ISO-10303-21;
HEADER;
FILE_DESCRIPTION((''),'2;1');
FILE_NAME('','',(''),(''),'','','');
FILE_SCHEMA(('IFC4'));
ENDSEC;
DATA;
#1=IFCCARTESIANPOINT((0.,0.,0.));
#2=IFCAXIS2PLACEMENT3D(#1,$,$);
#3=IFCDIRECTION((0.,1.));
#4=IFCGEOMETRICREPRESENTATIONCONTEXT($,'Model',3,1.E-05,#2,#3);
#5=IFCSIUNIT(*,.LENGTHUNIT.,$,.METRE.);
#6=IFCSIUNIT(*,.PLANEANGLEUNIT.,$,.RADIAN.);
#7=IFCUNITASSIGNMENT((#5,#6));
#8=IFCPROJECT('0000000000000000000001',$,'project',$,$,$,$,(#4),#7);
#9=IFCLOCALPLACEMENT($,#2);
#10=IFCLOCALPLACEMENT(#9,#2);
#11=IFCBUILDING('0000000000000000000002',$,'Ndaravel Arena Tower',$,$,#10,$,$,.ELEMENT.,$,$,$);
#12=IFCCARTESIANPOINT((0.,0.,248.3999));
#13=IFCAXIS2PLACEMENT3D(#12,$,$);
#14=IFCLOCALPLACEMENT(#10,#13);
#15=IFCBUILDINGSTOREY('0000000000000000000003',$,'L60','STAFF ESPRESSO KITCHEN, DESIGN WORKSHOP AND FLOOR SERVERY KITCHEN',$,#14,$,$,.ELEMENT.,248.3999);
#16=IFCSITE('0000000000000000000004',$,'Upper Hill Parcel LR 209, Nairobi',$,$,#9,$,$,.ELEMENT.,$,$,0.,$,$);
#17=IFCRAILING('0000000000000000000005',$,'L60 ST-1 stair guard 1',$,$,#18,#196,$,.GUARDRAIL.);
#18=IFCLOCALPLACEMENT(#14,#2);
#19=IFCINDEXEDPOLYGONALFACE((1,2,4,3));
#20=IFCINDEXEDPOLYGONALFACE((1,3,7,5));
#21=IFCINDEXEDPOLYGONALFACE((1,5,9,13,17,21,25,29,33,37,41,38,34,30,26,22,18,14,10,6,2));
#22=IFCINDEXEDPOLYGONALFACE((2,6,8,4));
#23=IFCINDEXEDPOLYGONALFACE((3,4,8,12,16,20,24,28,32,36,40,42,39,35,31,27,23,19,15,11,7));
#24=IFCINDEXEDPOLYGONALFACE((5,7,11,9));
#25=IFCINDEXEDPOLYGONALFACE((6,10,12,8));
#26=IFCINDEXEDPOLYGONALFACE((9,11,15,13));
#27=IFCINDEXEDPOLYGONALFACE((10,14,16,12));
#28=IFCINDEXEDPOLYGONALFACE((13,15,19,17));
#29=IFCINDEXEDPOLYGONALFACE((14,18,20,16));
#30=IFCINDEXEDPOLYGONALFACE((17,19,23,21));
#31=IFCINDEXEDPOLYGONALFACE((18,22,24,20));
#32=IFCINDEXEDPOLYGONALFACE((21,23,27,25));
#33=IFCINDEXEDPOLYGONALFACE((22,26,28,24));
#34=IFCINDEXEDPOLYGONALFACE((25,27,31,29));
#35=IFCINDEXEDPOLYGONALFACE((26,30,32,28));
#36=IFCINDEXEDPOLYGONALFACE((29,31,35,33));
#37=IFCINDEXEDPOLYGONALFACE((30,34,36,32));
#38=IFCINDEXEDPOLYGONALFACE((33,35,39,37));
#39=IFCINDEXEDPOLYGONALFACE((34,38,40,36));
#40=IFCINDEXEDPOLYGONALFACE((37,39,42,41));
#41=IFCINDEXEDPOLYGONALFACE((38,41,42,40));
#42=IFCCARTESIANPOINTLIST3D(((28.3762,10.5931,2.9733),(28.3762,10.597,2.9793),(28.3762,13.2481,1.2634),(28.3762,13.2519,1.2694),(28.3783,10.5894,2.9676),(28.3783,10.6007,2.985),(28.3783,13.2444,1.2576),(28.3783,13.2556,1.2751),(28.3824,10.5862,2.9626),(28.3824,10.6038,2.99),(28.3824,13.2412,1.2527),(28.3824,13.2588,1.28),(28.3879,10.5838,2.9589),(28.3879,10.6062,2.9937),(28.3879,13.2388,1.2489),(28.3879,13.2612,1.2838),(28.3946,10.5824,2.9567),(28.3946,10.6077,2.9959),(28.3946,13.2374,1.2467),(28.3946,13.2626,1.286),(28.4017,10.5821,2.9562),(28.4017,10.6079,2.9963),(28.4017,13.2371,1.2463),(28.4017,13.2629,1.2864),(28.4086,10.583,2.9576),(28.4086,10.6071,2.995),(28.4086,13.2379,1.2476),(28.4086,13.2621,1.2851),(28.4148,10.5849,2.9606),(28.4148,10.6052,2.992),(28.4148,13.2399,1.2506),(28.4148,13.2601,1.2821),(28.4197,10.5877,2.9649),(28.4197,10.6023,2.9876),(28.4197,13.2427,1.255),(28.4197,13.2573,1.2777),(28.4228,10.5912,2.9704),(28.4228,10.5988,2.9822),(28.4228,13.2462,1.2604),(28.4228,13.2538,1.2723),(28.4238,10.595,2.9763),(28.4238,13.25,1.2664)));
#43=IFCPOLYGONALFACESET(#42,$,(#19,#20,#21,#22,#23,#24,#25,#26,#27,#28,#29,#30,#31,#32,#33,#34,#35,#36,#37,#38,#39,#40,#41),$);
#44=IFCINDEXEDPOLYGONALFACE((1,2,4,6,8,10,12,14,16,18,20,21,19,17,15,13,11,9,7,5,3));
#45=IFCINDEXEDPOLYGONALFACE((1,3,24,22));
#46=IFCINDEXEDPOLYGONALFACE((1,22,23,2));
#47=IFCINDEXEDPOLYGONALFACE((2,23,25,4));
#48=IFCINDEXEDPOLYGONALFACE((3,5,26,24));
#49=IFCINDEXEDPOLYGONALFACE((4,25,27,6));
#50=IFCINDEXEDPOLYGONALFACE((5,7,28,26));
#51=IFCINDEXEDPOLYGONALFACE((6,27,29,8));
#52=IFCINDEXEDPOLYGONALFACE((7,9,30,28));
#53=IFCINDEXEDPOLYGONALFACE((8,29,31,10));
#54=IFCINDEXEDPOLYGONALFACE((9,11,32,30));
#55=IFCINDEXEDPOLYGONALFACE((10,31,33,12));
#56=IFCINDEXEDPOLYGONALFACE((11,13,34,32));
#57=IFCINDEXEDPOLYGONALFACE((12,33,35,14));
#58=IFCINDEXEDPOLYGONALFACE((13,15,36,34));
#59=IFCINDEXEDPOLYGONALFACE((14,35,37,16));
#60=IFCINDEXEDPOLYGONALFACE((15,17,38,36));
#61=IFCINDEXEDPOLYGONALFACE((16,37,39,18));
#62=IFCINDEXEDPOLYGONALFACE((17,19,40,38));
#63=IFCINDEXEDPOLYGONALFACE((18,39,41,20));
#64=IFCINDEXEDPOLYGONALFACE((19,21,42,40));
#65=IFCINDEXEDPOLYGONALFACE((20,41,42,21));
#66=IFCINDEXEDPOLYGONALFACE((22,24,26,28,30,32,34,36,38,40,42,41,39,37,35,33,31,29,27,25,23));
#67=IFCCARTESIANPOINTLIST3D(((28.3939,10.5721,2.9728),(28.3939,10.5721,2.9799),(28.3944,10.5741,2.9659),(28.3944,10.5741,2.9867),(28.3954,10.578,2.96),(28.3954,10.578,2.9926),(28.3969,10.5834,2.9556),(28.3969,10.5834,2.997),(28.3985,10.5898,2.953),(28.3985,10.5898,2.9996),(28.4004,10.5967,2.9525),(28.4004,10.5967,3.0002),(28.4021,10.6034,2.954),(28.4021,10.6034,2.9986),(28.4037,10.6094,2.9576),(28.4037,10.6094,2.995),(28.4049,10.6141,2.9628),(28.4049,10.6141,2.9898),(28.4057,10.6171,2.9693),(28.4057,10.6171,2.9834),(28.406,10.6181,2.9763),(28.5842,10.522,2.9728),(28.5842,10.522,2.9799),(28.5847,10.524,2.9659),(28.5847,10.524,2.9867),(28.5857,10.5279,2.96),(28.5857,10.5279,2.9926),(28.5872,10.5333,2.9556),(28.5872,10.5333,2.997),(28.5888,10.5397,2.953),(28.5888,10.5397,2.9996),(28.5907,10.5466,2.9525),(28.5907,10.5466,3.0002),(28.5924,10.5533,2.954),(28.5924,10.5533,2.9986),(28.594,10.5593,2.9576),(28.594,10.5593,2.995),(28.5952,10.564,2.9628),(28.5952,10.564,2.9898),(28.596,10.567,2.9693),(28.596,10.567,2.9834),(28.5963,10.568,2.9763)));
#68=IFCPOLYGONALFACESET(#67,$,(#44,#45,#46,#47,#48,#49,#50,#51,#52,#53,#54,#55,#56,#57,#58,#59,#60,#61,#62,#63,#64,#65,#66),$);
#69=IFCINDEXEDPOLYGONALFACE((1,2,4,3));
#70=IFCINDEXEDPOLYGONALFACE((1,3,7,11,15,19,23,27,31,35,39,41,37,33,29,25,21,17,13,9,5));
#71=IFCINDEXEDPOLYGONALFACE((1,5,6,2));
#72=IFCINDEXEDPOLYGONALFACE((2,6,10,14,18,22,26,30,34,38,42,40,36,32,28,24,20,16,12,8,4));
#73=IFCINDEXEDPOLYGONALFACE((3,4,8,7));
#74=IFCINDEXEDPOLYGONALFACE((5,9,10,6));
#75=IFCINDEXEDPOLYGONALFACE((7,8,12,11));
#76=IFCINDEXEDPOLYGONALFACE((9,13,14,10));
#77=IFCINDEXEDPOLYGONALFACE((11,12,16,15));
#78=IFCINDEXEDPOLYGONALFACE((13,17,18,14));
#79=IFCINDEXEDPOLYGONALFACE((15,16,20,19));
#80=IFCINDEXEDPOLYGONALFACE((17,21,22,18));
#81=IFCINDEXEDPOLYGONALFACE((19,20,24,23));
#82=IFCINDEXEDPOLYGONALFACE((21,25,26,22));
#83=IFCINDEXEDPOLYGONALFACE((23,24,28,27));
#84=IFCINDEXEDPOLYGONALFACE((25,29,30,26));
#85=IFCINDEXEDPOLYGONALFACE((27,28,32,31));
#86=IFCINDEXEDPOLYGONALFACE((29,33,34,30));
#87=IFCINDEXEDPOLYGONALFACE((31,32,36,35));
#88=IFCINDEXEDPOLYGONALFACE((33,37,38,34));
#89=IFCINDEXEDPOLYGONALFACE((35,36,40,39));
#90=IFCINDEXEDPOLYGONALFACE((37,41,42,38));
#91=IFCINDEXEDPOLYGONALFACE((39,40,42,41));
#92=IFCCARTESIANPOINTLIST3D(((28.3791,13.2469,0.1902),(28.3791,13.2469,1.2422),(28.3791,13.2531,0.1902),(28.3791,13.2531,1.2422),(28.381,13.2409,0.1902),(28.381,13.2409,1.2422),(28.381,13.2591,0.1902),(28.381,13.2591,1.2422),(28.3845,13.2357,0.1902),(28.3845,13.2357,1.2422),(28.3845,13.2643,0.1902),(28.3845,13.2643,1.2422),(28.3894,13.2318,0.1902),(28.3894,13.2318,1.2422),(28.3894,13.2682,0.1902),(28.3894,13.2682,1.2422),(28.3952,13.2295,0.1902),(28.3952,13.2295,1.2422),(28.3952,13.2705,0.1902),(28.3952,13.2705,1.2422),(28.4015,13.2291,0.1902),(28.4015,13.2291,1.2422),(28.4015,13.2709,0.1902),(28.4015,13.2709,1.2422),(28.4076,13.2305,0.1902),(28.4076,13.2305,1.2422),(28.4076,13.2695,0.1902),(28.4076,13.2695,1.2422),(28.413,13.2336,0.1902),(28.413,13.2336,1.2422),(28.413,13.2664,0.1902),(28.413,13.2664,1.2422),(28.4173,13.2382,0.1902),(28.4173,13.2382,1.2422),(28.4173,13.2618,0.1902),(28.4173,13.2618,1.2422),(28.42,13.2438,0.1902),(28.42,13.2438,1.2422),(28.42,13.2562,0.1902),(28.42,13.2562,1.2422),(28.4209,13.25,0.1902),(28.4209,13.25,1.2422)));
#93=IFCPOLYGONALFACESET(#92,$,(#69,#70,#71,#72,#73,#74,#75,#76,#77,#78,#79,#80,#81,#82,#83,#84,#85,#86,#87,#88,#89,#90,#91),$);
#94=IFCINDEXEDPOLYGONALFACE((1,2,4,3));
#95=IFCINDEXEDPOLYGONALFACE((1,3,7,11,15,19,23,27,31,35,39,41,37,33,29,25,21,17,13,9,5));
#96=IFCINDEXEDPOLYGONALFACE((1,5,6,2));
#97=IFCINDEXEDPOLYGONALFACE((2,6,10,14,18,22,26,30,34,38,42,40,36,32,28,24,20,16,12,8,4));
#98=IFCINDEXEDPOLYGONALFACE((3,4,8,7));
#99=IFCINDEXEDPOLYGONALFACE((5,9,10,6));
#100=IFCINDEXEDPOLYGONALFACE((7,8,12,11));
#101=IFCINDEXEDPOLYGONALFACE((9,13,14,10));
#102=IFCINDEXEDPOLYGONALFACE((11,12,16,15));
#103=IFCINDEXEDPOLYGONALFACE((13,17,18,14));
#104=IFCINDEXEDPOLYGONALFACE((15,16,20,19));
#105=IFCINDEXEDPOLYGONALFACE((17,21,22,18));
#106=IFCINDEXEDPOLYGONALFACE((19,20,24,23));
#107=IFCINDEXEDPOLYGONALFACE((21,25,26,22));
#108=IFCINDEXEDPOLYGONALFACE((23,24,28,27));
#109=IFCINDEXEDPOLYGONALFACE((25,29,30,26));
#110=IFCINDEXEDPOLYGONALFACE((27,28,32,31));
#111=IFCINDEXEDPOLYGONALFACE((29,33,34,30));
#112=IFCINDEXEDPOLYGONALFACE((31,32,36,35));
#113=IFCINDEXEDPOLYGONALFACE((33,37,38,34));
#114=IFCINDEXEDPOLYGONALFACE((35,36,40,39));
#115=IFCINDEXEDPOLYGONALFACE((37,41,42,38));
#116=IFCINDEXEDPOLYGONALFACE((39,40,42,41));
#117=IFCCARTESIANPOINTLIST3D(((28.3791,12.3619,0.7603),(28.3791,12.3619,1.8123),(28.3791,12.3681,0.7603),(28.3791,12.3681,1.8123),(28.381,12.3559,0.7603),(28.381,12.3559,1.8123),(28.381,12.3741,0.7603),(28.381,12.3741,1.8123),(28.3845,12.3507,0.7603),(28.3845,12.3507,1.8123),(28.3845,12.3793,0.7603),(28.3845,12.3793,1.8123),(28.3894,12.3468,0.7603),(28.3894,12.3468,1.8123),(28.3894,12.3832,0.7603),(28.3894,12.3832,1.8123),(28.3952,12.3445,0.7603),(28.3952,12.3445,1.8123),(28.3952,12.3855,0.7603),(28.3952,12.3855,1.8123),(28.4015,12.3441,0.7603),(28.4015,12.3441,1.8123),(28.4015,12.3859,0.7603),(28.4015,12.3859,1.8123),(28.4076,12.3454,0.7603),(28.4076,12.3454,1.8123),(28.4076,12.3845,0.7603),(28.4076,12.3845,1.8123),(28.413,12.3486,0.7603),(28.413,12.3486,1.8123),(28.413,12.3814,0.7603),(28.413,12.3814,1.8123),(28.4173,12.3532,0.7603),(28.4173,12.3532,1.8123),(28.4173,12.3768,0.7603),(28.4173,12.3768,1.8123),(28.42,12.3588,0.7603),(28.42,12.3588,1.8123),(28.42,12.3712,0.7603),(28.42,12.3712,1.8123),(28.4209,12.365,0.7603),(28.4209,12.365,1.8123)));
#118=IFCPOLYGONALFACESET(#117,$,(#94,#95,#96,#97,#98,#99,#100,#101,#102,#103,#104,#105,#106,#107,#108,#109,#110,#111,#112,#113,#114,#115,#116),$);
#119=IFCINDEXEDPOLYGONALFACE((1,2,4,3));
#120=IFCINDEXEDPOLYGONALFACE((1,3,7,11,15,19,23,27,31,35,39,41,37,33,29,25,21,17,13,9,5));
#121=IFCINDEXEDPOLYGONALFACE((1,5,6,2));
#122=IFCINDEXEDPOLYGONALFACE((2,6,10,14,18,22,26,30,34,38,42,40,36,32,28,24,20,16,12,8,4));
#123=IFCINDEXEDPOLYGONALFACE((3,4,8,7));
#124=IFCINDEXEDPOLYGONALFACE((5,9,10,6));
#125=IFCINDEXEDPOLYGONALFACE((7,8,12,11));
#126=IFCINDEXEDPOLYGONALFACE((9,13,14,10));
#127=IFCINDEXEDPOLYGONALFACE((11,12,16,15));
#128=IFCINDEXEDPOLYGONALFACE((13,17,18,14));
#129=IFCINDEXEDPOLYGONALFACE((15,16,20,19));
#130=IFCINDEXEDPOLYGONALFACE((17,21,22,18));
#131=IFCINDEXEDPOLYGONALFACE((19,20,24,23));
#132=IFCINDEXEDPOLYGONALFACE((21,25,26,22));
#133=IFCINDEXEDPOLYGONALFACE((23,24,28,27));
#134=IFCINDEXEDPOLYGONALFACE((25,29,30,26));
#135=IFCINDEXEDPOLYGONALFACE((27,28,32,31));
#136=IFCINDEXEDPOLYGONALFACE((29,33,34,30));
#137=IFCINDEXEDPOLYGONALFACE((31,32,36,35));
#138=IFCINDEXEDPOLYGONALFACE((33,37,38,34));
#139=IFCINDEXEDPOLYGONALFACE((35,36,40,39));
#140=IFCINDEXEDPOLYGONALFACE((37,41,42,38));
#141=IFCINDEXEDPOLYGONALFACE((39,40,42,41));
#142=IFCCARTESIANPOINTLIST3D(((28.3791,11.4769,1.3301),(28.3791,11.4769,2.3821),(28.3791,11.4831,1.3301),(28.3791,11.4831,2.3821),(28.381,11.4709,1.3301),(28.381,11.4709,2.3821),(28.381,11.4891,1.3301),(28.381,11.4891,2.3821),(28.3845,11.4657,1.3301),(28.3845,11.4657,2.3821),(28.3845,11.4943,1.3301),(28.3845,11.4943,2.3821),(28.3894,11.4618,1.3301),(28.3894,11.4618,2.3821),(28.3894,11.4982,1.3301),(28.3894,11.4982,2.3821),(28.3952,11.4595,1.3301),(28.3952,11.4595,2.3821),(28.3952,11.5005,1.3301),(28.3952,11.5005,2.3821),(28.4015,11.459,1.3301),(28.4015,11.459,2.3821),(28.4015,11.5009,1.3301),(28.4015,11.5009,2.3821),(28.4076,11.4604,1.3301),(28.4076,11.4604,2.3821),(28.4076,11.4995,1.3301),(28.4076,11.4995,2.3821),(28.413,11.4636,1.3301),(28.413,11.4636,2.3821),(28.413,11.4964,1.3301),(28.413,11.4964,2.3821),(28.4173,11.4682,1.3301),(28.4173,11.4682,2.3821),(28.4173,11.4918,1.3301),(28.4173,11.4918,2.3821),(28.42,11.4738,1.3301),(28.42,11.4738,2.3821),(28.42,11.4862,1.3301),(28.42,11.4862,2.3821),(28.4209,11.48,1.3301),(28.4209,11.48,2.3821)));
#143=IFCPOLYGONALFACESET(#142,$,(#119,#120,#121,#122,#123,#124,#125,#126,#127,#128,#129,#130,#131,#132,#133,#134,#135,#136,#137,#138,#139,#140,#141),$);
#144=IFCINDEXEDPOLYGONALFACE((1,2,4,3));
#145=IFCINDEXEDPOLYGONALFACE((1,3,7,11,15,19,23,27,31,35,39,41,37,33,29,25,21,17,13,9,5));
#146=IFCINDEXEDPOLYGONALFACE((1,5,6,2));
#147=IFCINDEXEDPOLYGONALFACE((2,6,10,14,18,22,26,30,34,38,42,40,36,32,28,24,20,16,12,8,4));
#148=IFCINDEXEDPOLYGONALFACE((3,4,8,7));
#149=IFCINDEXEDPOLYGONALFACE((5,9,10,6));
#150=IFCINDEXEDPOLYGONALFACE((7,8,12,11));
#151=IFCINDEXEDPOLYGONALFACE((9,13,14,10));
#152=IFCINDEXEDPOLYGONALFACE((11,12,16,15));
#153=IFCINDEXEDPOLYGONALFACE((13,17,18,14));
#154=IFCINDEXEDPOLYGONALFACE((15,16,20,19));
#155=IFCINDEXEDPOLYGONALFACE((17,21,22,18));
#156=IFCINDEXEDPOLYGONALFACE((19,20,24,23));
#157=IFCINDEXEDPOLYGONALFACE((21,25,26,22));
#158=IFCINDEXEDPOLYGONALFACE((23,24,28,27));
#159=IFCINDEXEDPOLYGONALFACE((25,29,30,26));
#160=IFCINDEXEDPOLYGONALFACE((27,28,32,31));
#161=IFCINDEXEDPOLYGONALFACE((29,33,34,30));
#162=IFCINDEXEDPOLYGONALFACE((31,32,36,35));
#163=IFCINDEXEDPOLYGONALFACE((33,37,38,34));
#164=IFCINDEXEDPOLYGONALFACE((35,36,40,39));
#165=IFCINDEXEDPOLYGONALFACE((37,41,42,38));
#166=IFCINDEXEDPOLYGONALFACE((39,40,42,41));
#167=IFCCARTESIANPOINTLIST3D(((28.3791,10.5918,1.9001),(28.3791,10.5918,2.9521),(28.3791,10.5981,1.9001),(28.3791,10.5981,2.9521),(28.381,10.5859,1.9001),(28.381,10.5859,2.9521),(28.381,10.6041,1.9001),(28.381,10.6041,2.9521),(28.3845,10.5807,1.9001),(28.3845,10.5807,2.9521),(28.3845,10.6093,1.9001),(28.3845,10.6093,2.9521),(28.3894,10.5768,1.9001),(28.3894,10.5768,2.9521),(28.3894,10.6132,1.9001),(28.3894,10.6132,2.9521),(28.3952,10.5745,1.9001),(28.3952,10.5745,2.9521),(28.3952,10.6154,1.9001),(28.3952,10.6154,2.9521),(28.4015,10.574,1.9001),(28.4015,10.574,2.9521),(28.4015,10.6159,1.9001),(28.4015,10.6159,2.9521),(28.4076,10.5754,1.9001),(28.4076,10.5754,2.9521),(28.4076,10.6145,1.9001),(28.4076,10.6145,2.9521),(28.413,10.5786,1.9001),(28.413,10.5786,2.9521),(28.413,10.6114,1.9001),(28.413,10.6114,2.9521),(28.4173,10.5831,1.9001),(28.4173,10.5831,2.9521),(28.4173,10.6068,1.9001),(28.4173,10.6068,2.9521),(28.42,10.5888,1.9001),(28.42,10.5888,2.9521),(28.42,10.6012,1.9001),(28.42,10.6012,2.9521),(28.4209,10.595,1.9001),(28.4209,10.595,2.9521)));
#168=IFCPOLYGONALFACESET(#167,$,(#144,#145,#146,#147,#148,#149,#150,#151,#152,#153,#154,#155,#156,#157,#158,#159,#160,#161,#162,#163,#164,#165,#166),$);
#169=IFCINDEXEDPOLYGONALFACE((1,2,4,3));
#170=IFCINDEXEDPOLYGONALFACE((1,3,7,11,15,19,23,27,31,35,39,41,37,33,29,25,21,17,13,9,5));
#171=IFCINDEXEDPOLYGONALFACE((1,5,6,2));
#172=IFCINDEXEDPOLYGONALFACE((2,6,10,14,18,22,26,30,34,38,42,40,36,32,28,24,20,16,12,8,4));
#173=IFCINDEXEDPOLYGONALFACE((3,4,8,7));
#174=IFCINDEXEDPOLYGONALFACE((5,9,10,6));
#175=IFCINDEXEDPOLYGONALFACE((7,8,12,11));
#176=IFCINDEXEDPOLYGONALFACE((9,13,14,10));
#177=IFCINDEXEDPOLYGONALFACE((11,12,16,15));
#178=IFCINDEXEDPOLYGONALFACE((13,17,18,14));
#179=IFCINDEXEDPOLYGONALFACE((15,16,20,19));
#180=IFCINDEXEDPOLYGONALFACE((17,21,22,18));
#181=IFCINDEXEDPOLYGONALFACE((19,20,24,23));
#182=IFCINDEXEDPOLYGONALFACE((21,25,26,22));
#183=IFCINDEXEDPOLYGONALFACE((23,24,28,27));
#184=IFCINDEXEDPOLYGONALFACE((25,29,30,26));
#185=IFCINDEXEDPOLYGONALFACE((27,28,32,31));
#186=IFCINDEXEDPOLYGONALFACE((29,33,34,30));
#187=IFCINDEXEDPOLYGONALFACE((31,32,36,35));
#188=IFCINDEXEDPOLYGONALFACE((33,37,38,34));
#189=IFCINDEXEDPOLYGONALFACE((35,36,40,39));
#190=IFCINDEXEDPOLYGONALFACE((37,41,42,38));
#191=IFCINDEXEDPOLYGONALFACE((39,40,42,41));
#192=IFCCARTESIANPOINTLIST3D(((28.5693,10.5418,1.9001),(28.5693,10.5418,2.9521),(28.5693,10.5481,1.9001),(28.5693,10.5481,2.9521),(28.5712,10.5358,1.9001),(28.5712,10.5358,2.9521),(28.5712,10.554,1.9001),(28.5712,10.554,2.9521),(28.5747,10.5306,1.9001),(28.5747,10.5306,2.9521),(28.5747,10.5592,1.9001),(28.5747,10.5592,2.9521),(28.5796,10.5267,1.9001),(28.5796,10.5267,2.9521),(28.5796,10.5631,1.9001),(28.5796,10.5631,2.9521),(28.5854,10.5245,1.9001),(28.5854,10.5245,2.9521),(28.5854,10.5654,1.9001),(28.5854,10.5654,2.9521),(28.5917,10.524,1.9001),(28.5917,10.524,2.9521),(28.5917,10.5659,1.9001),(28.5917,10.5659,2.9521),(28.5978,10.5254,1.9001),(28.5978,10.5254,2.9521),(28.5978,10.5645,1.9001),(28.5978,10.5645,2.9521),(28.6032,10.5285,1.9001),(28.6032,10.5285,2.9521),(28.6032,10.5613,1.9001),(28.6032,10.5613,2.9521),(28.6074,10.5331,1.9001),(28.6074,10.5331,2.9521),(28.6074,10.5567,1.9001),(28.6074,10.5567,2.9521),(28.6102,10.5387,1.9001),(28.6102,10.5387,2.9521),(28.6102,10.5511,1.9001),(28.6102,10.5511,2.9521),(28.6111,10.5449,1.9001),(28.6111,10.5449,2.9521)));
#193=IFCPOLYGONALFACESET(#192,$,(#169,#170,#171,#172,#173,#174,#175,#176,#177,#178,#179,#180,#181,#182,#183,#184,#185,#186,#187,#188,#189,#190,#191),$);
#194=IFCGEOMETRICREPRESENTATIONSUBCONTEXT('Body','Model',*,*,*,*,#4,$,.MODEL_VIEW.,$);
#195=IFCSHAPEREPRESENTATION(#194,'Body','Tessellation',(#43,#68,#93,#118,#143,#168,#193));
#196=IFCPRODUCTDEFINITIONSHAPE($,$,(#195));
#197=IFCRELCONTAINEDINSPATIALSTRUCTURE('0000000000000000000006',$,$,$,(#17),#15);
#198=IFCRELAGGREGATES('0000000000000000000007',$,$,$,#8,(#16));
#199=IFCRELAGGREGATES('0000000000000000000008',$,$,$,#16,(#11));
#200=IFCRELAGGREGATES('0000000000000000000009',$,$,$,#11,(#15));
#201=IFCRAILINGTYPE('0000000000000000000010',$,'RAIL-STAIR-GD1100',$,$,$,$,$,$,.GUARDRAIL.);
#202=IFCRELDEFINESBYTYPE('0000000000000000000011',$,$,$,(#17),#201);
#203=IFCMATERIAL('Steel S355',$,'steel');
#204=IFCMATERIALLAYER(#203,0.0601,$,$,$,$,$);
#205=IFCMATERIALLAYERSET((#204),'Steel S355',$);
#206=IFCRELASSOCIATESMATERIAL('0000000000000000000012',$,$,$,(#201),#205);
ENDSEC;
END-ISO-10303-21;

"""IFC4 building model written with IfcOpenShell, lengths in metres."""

from ifc_helpers import new_model, si_unit, direction, frame, origin, origin_2d, place, context, subcontext, project, spatial, circle, extrude, material, layer, layer_set, type_object, element, save


model = new_model("IFC4")

# Units and contexts
model_context = context("Model", 3, precision=1e-05, world=origin(), true_north=direction((0.0, 1.0)))
body_context = subcontext(model_context, "Body", "Model", "MODEL_VIEW")
ifc_project = project(units=[si_unit("LENGTHUNIT", "METRE"), si_unit("PLANEANGLEUNIT", "RADIAN")], contexts=[model_context])

# Site, building, storey
site_placement = place(None, origin())
site = spatial("IfcSite", under=ifc_project, at=site_placement, Name="Upper Hill Parcel LR 209, Nairobi", CompositionType="ELEMENT", RefElevation=0.0)
building_placement = place(site_placement, origin())
building = spatial("IfcBuilding", under=site, at=building_placement, Name="Ndaravel Arena Tower", CompositionType="ELEMENT")
storey_placement = place(building_placement, frame((0.0, 0.0, 248.3999)))
storey = spatial("IfcBuildingStorey", under=building, at=storey_placement, Name="L60", Description="STAFF ESPRESSO KITCHEN, DESIGN WORKSHOP AND FLOOR SERVERY KITCHEN", CompositionType="ELEMENT", Elevation=248.3999)

# Railing
ifc_material_1 = material(Name="Steel S355", Category="steel")
ifc_layer_1 = layer(ifc_material_1, 0.0601)
ifc_layer_set_1 = layer_set([ifc_layer_1], Name="Steel S355")
railing_type_1 = type_object("IfcRailingType", Name="RAIL-STAIR-GD1100", PredefinedType="GUARDRAIL", material=ifc_layer_set_1)
railing_1_placement = place(storey_placement, frame((28.3999, 13.25, 0.1902)))
element("IfcRailing", 1, at=railing_1_placement, inside=storey, type_object=railing_type_1, Name="L60 ST-1 stair guard 1", PredefinedType="GUARDRAIL", context=body_context, shape_type="SweptSolid", body=[
    extrude(circle(Radius=0.0239, at=origin_2d()), frame((0.0, 0.0, 1.0762), z_axis=(0.0, -0.840724, 0.541465), x_axis=(1.0, 0.0, 0.0)), (0.0, 0.0, 1.0), 3.158),
    extrude(circle(Radius=0.0239, at=origin_2d()), frame((0.0, -2.655, 2.7861), z_axis=(0.967075, -0.254493, 0.0), x_axis=(0.254493, 0.967075, 0.0)), (0.0, 0.0, 1.0), 0.1968),
    extrude(circle(Radius=0.021, at=origin_2d()), origin(), (0.0, 0.0, 1.0), 1.052),
    extrude(circle(Radius=0.021, at=origin_2d()), frame((0.0, -0.885, 0.5701)), (0.0, 0.0, 1.0), 1.052),
    extrude(circle(Radius=0.021, at=origin_2d()), frame((0.0, -1.77, 1.1399)), (0.0, 0.0, 1.0), 1.052),
    extrude(circle(Radius=0.021, at=origin_2d()), frame((0.0, -2.655, 1.71)), (0.0, 0.0, 1.0), 1.052),
    extrude(circle(Radius=0.021, at=origin_2d()), frame((0.1902, -2.7051, 1.71)), (0.0, 0.0, 1.0), 1.052),
])

save(model, "model.ifc")
